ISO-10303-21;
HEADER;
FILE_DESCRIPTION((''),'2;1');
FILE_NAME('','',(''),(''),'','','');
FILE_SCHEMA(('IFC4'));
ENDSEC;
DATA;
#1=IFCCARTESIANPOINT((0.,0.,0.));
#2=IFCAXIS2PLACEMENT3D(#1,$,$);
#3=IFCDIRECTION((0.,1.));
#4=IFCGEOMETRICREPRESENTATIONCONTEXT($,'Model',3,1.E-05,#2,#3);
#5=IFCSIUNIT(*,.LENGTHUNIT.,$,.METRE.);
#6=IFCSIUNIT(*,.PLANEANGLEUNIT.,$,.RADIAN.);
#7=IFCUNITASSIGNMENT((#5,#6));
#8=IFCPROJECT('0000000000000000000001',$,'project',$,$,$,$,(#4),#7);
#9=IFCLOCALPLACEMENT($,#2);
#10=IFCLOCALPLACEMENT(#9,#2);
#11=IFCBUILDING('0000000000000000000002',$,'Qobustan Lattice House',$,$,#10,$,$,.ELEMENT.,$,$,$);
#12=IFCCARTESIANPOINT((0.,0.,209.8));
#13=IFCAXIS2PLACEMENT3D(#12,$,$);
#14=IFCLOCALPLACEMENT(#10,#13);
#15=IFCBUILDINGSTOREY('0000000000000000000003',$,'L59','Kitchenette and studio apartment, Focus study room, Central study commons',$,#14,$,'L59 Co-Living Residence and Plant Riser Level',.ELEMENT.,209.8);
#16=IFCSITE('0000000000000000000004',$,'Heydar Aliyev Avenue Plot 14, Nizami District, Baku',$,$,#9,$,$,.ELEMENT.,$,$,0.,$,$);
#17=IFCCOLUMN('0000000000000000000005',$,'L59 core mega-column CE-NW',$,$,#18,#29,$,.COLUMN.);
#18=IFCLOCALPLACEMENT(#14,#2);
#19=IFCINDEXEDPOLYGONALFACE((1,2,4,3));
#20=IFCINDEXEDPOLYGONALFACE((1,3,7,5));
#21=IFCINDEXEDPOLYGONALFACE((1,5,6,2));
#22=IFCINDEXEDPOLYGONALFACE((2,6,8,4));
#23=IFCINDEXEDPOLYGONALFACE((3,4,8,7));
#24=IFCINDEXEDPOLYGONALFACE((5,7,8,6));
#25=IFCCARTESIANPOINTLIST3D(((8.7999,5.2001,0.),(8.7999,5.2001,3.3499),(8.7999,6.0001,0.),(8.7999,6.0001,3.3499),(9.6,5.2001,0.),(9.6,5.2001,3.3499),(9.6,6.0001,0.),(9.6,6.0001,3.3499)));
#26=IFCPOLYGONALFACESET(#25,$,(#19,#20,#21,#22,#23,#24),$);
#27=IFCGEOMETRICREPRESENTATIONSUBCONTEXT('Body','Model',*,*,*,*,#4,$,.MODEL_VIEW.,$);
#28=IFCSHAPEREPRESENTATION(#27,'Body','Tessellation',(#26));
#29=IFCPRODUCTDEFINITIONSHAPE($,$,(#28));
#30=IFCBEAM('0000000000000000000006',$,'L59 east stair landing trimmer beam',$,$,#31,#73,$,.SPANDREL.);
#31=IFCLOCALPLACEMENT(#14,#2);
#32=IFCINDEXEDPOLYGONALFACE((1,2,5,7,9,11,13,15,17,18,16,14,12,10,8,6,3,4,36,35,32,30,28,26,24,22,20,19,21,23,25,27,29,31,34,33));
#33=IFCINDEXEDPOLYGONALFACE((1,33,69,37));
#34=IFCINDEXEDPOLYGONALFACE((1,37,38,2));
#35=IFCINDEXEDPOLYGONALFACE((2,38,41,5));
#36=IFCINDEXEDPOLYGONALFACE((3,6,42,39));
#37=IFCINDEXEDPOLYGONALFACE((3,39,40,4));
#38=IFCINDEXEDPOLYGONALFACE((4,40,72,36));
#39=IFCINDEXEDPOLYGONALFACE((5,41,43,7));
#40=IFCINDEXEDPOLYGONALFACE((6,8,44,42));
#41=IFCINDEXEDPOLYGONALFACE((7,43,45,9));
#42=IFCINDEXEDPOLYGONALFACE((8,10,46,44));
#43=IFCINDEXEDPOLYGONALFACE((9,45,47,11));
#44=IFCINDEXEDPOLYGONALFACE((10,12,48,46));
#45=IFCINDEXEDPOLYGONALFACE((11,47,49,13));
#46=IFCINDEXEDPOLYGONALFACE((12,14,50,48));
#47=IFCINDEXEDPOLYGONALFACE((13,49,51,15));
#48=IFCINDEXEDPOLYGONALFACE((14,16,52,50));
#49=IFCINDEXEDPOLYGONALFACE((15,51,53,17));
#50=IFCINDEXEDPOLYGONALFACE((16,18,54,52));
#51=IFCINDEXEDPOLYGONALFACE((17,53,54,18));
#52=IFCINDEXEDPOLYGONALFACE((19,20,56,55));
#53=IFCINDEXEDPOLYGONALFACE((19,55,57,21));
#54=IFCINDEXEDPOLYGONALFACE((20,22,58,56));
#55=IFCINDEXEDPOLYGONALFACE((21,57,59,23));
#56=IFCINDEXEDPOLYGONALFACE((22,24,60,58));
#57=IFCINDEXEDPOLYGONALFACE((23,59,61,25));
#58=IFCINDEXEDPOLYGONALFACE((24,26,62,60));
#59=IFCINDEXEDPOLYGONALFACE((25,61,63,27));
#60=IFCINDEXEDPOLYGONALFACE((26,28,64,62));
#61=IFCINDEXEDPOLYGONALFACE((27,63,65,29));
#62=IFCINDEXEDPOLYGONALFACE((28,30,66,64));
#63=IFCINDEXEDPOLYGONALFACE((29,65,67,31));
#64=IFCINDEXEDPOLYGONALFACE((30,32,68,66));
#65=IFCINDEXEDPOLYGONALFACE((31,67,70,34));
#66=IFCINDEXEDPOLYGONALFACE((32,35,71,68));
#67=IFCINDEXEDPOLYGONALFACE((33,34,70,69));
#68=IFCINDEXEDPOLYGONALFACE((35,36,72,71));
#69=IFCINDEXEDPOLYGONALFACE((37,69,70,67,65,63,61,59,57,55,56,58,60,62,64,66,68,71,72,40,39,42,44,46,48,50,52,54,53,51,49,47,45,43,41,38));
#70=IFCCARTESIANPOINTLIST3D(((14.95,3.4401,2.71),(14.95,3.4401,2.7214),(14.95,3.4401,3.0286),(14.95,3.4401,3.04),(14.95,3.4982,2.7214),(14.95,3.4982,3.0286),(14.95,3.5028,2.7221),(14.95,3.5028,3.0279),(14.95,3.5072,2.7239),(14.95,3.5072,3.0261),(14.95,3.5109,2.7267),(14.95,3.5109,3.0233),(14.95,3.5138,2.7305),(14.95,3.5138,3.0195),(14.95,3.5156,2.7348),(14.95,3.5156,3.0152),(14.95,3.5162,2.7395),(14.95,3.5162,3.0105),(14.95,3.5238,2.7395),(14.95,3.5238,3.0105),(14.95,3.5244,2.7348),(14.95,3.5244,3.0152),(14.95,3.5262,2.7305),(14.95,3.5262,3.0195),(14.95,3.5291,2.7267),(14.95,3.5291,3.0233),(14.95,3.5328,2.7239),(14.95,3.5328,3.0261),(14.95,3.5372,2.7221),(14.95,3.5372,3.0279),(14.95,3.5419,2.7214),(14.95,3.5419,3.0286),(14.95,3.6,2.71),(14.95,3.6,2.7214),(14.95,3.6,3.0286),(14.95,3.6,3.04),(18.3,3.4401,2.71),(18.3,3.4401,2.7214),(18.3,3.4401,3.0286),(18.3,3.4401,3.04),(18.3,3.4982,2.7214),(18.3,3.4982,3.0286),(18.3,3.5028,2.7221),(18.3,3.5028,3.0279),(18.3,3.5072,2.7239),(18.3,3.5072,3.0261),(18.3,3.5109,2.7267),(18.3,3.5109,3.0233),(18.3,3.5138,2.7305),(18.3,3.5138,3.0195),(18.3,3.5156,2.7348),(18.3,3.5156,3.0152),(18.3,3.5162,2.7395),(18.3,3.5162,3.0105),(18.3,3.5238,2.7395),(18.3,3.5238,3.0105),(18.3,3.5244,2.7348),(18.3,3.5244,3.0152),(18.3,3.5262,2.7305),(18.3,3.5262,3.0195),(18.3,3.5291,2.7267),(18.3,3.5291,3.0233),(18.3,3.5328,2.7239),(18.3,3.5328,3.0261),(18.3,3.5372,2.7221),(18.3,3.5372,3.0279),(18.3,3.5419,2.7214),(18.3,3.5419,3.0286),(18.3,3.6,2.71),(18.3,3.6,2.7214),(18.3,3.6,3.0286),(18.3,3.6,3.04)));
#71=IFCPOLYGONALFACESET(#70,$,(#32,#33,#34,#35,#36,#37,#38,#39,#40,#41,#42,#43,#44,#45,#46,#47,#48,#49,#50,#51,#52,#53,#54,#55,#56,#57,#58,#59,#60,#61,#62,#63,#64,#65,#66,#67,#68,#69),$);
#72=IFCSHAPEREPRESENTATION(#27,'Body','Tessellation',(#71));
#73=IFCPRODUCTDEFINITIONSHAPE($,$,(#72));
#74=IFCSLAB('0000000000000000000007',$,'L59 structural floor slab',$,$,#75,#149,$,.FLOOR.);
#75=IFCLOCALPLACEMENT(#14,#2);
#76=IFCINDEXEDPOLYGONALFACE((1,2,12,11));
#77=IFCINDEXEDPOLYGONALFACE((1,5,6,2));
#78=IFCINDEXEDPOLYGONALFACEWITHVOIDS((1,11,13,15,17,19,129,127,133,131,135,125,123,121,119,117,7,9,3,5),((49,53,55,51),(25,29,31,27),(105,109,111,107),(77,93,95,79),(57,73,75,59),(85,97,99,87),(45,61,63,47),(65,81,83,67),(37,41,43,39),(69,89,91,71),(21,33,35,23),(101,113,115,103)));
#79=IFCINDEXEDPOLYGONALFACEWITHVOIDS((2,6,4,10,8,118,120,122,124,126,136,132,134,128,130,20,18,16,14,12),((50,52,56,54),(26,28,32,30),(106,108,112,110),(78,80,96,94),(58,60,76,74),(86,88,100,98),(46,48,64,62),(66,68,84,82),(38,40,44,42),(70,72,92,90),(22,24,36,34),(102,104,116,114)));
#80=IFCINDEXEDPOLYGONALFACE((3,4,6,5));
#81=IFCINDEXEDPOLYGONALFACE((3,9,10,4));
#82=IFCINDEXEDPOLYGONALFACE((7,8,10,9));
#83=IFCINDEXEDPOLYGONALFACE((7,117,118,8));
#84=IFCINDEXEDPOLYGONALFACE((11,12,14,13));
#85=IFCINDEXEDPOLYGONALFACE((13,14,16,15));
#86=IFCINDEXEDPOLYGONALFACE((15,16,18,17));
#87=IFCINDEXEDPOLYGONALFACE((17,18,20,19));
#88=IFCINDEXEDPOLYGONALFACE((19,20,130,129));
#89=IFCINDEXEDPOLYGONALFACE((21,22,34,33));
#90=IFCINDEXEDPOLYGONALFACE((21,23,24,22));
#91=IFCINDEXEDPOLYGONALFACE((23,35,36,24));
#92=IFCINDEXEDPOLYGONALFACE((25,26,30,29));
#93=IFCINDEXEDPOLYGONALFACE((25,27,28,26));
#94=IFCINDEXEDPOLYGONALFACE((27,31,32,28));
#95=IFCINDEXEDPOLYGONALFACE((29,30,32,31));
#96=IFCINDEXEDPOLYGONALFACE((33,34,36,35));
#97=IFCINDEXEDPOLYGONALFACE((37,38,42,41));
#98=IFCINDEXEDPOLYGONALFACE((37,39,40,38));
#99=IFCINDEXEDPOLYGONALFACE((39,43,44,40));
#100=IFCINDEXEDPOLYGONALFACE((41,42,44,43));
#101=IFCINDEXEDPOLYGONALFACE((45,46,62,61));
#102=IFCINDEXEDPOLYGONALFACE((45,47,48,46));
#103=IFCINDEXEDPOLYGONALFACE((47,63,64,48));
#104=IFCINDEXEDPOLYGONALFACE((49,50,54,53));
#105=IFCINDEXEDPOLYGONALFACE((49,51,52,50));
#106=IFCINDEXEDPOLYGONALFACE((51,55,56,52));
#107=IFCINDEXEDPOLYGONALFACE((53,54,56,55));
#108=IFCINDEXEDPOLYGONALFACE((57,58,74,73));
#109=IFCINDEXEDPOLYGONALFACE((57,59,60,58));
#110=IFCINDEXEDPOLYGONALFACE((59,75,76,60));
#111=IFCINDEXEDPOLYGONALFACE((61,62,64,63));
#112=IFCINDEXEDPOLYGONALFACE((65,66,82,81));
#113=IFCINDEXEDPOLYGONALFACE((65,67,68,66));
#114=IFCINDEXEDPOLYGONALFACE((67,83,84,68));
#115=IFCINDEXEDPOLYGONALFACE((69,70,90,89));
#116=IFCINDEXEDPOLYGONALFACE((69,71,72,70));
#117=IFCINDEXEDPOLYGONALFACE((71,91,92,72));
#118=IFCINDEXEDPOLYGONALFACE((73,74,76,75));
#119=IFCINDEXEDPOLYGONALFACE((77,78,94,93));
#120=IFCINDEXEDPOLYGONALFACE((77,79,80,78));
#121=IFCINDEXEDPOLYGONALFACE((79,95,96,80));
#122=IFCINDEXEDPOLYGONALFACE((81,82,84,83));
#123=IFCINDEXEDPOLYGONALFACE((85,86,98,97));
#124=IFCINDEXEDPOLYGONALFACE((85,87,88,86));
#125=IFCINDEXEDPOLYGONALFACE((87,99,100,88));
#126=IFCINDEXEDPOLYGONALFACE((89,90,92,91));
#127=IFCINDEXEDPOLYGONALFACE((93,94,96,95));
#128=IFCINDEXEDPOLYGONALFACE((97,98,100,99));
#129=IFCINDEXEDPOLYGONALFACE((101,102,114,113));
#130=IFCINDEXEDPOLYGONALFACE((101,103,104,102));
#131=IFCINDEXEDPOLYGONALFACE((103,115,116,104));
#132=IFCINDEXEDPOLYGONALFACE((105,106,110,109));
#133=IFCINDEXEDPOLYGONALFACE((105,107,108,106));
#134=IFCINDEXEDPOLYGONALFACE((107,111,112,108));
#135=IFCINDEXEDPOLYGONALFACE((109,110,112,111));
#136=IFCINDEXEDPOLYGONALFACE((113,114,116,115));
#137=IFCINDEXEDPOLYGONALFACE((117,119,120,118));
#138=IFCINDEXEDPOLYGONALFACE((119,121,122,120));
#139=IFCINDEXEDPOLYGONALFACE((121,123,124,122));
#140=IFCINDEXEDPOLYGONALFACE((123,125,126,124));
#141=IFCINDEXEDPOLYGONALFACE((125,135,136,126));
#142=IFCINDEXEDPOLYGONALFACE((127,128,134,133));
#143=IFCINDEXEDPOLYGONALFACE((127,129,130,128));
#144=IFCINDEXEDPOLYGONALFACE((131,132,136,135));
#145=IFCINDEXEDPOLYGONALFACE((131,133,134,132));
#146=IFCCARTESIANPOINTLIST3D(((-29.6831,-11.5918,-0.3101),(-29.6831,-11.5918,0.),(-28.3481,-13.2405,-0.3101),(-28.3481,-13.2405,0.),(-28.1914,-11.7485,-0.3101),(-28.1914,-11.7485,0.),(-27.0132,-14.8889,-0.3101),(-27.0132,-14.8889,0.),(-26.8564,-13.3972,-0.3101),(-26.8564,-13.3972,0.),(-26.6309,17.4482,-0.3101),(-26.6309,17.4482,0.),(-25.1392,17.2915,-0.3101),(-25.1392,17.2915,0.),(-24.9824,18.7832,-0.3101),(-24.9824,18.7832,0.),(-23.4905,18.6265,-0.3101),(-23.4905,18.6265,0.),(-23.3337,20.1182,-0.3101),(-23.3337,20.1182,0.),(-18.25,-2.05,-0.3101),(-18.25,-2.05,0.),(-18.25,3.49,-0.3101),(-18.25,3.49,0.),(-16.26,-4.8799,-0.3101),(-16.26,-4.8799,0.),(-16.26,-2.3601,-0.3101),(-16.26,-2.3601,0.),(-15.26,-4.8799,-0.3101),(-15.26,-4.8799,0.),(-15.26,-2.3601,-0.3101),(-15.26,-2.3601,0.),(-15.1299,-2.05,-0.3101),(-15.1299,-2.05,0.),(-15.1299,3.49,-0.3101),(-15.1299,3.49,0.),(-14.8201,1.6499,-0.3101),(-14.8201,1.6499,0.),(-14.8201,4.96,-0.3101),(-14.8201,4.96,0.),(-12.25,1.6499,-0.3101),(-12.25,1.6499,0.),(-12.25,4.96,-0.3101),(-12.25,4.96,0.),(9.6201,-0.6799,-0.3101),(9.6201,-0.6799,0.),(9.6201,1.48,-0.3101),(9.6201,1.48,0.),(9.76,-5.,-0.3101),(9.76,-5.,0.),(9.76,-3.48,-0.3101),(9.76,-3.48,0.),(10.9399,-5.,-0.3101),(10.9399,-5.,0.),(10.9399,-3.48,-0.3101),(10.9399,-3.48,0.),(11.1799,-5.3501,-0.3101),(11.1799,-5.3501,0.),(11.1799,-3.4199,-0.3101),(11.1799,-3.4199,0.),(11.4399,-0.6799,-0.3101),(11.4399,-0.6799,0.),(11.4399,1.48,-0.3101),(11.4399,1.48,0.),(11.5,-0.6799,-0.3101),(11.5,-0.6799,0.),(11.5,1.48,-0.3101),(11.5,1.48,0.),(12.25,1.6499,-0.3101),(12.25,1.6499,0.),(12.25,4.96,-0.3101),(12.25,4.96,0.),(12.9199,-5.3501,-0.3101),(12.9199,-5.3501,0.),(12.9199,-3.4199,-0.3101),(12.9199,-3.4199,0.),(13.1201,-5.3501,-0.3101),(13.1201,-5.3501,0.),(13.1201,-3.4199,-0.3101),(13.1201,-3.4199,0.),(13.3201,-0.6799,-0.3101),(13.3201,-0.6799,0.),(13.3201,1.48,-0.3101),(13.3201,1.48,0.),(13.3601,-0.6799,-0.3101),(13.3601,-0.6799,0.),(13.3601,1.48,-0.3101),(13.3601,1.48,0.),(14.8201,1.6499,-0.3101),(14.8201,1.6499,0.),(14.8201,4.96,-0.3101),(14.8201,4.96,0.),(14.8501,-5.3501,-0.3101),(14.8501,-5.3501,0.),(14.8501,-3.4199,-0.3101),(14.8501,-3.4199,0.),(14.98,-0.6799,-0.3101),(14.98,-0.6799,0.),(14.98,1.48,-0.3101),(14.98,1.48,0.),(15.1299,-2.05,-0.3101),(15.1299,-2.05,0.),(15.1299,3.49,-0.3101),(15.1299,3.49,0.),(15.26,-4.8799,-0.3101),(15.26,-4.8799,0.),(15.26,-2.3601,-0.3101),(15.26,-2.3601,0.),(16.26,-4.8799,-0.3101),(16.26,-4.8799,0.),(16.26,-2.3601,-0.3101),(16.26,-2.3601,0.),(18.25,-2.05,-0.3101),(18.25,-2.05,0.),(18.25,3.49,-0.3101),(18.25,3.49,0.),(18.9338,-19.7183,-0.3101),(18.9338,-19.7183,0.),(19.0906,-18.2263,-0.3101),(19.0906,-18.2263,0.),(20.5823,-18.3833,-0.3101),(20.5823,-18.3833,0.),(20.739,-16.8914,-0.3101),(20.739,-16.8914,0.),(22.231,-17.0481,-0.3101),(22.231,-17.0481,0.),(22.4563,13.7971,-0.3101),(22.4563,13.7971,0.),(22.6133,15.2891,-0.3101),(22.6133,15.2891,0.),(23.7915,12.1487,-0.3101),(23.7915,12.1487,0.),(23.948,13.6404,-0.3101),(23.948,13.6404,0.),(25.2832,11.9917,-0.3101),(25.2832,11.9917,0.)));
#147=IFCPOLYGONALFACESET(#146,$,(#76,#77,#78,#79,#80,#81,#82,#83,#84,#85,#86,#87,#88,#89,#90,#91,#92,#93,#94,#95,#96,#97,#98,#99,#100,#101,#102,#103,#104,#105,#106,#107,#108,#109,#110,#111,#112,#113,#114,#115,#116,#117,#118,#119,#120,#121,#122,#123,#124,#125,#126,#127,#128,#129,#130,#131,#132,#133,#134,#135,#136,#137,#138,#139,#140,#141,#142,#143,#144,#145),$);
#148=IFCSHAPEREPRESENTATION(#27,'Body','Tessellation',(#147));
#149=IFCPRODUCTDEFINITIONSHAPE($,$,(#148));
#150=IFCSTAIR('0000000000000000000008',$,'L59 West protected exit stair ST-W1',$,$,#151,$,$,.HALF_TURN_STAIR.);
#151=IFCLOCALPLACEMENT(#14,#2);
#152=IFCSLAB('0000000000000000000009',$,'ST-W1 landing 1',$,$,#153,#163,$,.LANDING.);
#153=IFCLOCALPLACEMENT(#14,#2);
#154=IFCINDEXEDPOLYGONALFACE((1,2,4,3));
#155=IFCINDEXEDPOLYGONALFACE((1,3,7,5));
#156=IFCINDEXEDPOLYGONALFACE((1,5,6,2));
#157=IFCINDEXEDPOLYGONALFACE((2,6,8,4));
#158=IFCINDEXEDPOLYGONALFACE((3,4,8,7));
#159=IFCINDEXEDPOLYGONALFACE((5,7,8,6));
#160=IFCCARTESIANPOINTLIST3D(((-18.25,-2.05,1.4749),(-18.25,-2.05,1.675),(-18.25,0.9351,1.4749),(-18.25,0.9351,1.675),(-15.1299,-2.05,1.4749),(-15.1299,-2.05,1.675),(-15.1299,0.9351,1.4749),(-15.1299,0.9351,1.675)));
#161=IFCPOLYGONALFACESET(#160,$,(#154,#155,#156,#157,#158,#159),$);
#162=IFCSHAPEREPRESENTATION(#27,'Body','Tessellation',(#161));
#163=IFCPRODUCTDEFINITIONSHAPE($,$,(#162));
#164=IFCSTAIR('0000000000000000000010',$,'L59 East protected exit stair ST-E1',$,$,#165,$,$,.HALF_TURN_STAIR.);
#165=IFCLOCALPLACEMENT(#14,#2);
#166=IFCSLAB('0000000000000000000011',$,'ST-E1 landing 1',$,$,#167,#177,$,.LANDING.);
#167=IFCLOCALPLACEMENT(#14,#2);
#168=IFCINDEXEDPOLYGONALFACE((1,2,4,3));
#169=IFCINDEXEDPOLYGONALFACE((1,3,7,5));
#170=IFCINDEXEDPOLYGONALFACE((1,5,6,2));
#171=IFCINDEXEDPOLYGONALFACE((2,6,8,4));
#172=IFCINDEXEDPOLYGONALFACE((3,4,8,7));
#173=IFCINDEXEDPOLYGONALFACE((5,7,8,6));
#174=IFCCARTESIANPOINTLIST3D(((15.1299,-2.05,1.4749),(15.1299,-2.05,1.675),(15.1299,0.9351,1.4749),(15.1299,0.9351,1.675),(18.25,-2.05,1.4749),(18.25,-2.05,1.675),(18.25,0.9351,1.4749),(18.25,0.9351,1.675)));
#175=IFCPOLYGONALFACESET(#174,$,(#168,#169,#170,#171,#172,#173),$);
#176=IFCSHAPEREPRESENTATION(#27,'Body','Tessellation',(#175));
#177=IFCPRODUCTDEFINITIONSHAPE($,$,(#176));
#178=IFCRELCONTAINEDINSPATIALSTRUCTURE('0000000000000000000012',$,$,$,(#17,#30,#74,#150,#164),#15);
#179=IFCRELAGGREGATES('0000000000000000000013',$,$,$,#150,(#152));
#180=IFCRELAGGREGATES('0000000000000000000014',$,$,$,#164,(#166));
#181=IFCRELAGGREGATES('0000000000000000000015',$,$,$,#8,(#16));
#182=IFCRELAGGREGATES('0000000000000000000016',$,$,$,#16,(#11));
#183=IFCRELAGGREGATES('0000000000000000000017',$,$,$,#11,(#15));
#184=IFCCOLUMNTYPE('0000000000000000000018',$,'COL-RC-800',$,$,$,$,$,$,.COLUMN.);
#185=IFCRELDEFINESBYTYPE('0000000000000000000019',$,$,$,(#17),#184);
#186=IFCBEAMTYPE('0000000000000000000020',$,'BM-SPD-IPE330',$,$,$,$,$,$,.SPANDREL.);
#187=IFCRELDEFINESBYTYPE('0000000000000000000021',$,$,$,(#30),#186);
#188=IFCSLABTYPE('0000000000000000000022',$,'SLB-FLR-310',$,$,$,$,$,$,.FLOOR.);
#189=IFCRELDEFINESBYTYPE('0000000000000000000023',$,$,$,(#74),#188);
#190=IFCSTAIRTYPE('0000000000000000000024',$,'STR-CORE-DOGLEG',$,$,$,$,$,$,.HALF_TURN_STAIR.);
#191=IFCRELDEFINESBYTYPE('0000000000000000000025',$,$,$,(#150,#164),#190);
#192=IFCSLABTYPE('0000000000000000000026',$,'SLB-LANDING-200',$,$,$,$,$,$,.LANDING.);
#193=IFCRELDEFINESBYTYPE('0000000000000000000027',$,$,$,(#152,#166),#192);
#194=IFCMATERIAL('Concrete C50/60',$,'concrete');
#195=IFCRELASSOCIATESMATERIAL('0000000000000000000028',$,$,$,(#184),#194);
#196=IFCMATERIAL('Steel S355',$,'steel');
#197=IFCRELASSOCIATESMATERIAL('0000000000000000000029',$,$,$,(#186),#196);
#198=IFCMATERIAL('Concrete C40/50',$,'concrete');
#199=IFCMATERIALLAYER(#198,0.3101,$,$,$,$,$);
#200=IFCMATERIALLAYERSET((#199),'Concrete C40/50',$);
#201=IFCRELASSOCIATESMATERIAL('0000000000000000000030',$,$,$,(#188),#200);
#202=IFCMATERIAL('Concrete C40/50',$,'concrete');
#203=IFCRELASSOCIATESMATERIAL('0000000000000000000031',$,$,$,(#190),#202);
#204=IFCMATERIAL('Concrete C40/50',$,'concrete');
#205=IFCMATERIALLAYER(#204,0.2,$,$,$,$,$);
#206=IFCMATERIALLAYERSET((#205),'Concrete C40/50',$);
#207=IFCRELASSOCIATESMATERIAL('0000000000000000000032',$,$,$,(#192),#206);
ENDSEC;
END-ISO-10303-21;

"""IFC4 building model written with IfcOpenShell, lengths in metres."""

from ifc_helpers import new_model, si_unit, direction, frame, origin, origin_2d, place, context, subcontext, project, spatial, polyline, rectangle, i_section, outline, extrude, material, layer, layer_set, material_profile, profile_set, type_object, element, aggregate, save


model = new_model("IFC4")

# Units and contexts
model_context = context("Model", 3, precision=1e-05, world=origin(), true_north=direction((0.0, 1.0)))
body_context = subcontext(model_context, "Body", "Model", "MODEL_VIEW")
ifc_project = project(units=[si_unit("LENGTHUNIT", "METRE"), si_unit("PLANEANGLEUNIT", "RADIAN")], contexts=[model_context])

# Site, building, storey
site_placement = place(None, origin())
site = spatial("IfcSite", under=ifc_project, at=site_placement, Name="Heydar Aliyev Avenue Plot 14, Nizami District, Baku", CompositionType="ELEMENT", RefElevation=0.0)
building_placement = place(site_placement, origin())
building = spatial("IfcBuilding", under=site, at=building_placement, Name="Qobustan Lattice House", CompositionType="ELEMENT")
storey_placement = place(building_placement, frame((0.0, 0.0, 209.8)))
storey = spatial("IfcBuildingStorey", under=building, at=storey_placement, Name="L59", Description="Kitchenette and studio apartment, Focus study room, Central study commons", LongName="L59 Co-Living Residence and Plant Riser Level", CompositionType="ELEMENT", Elevation=209.8)

# Column
ifc_material_1 = material(Name="Concrete C50/60", Category="concrete")
ifc_material_profile_1 = material_profile(ifc_material_1, rectangle(XDim=0.8, YDim=0.8, at=origin_2d()), Name="RC800x800")
ifc_profile_set_1 = profile_set([ifc_material_profile_1], Name="Concrete C50/60")
column_type = type_object("IfcColumnType", Name="COL-RC-800", PredefinedType="COLUMN", material=ifc_profile_set_1)
column_placement = place(storey_placement, frame((9.2, 5.6001, 0.0), z_axis=(0.0, 0.0, 1.0), x_axis=(1.0, 0.0, 0.0)))
element("IfcColumn", 1, at=column_placement, inside=storey, type_object=column_type, Name="L59 core mega-column CE-NW", PredefinedType="COLUMN", context=body_context, shape_type="SweptSolid", body=[
    extrude(rectangle(XDim=0.8, YDim=0.8, at=origin_2d()), origin(), (0.0, 0.0, 1.0), 3.3499),
])

# Beam
ifc_material_2 = material(Name="Steel S355", Category="steel")
ifc_material_profile_2 = material_profile(ifc_material_2, i_section(OverallWidth=0.1599, OverallDepth=0.3301, WebThickness=0.0076, FlangeThickness=0.0115, FilletRadius=0.0181, at=origin_2d()), Name="IPE330")
ifc_profile_set_2 = profile_set([ifc_material_profile_2], Name="Steel S355")
beam_type = type_object("IfcBeamType", Name="BM-SPD-IPE330", PredefinedType="SPANDREL", material=ifc_profile_set_2)
beam_placement = place(storey_placement, frame((14.95, 3.52, 2.875), z_axis=(1.0, 0.0, 0.0), x_axis=(0.0, 1.0, 0.0)))
element("IfcBeam", 2, at=beam_placement, inside=storey, type_object=beam_type, Name="L59 east stair landing trimmer beam", PredefinedType="SPANDREL", context=body_context, shape_type="SweptSolid", body=[
    extrude(i_section(OverallWidth=0.1599, OverallDepth=0.3301, WebThickness=0.0076, FlangeThickness=0.0115, FilletRadius=0.0181, at=origin_2d()), origin(), (0.0, 0.0, 1.0), 3.3501),
])

# Slab
ifc_material_3 = material(Name="Concrete C40/50", Category="concrete")
ifc_layer_1 = layer(ifc_material_3, 0.3101)
ifc_layer_set_1 = layer_set([ifc_layer_1], Name="Concrete C40/50")
slab_type_1 = type_object("IfcSlabType", Name="SLB-FLR-310", PredefinedType="FLOOR", material=ifc_layer_set_1)
slab_1_placement = place(storey_placement, frame((0.0, 0.0, -0.3101)))
element("IfcSlab", 3, at=slab_1_placement, inside=storey, type_object=slab_type_1, Name="L59 structural floor slab", PredefinedType="FLOOR", context=body_context, shape_type="SweptSolid", body=[
    extrude(outline(polyline([(-27.0132, -14.8889), (18.9338, -19.7183), (19.0906, -18.2263), (20.5823, -18.3833), (20.739, -16.8914), (22.231, -17.0481), (25.2832, 11.9917), (23.7915, 12.1487), (23.948, 13.6404), (22.4563, 13.7971), (22.6133, 15.2891), (-23.3337, 20.1182), (-23.4905, 18.6265), (-24.9824, 18.7832), (-25.1392, 17.2915), (-26.6309, 17.4482), (-29.6831, -11.5918), (-28.1914, -11.7485), (-28.3481, -13.2405), (-26.8564, -13.3972), (-27.0132, -14.8889)]), holes=[polyline([(-18.25, -2.05), (-18.25, 3.49), (-15.1299, 3.49), (-15.1299, -2.05), (-18.25, -2.05)]), polyline([(15.1299, -2.05), (15.1299, 3.49), (18.25, 3.49), (18.25, -2.05), (15.1299, -2.05)]), polyline([(-14.8201, 1.6499), (-14.8201, 4.96), (-12.25, 4.96), (-12.25, 1.6499), (-14.8201, 1.6499)]), polyline([(12.25, 1.6499), (12.25, 4.96), (14.8201, 4.96), (14.8201, 1.6499), (12.25, 1.6499)]), polyline([(-16.26, -4.8799), (-16.26, -2.3601), (-15.26, -2.3601), (-15.26, -4.8799), (-16.26, -4.8799)]), polyline([(15.26, -4.8799), (15.26, -2.3601), (16.26, -2.3601), (16.26, -4.8799), (15.26, -4.8799)]), polyline([(11.1799, -5.3501), (11.1799, -3.4199), (12.9199, -3.4199), (12.9199, -5.3501), (11.1799, -5.3501)]), polyline([(13.1201, -5.3501), (13.1201, -3.4199), (14.8501, -3.4199), (14.8501, -5.3501), (13.1201, -5.3501)]), polyline([(9.76, -5.0), (9.76, -3.48), (10.9399, -3.48), (10.9399, -5.0), (9.76, -5.0)]), polyline([(13.3601, -0.6799), (13.3601, 1.48), (14.98, 1.48), (14.98, -0.6799), (13.3601, -0.6799)]), polyline([(9.6201, -0.6799), (9.6201, 1.48), (11.4399, 1.48), (11.4399, -0.6799), (9.6201, -0.6799)]), polyline([(11.5, -0.6799), (11.5, 1.48), (13.3201, 1.48), (13.3201, -0.6799), (11.5, -0.6799)])]), origin(), (0.0, 0.0, 1.0), 0.3101),
])

# Stairs, slabs
ifc_material_4 = material(Name="Concrete C40/50", Category="concrete")
stair_type = type_object("IfcStairType", Name="STR-CORE-DOGLEG", PredefinedType="HALF_TURN_STAIR", material=ifc_material_4)
stair_1_placement = place(storey_placement, origin())
stair_1 = element("IfcStair", 4, at=stair_1_placement, inside=storey, type_object=stair_type, Name="L59 West protected exit stair ST-W1", PredefinedType="HALF_TURN_STAIR")
ifc_material_5 = material(Name="Concrete C40/50", Category="concrete")
ifc_layer_2 = layer(ifc_material_5, 0.2)
ifc_layer_set_2 = layer_set([ifc_layer_2], Name="Concrete C40/50")
slab_type_2 = type_object("IfcSlabType", Name="SLB-LANDING-200", PredefinedType="LANDING", material=ifc_layer_set_2)
slab_2_placement = place(storey_placement, frame((0.0, 0.0, 1.4749)))
slab_2 = element("IfcSlab", 5, at=slab_2_placement, type_object=slab_type_2, Name="ST-W1 landing 1", PredefinedType="LANDING", context=body_context, shape_type="SweptSolid", body=[
    extrude(outline(polyline([(-18.25, 0.9351), (-18.25, -2.05), (-15.1299, -2.05), (-15.1299, 0.9351), (-18.25, 0.9351)])), origin(), (0.0, 0.0, 1.0), 0.2002),
])
aggregate(stair_1, [slab_2])
stair_2_placement = place(storey_placement, origin())
stair_2 = element("IfcStair", 6, at=stair_2_placement, inside=storey, type_object=stair_type, Name="L59 East protected exit stair ST-E1", PredefinedType="HALF_TURN_STAIR")
slab_3_placement = place(storey_placement, frame((0.0, 0.0, 1.4749)))
slab_3 = element("IfcSlab", 7, at=slab_3_placement, type_object=slab_type_2, Name="ST-E1 landing 1", PredefinedType="LANDING", context=body_context, shape_type="SweptSolid", body=[
    extrude(outline(polyline([(15.1299, 0.9351), (15.1299, -2.05), (18.25, -2.05), (18.25, 0.9351), (15.1299, 0.9351)])), origin(), (0.0, 0.0, 1.0), 0.2002),
])
aggregate(stair_2, [slab_3])

save(model, "model.ifc")
